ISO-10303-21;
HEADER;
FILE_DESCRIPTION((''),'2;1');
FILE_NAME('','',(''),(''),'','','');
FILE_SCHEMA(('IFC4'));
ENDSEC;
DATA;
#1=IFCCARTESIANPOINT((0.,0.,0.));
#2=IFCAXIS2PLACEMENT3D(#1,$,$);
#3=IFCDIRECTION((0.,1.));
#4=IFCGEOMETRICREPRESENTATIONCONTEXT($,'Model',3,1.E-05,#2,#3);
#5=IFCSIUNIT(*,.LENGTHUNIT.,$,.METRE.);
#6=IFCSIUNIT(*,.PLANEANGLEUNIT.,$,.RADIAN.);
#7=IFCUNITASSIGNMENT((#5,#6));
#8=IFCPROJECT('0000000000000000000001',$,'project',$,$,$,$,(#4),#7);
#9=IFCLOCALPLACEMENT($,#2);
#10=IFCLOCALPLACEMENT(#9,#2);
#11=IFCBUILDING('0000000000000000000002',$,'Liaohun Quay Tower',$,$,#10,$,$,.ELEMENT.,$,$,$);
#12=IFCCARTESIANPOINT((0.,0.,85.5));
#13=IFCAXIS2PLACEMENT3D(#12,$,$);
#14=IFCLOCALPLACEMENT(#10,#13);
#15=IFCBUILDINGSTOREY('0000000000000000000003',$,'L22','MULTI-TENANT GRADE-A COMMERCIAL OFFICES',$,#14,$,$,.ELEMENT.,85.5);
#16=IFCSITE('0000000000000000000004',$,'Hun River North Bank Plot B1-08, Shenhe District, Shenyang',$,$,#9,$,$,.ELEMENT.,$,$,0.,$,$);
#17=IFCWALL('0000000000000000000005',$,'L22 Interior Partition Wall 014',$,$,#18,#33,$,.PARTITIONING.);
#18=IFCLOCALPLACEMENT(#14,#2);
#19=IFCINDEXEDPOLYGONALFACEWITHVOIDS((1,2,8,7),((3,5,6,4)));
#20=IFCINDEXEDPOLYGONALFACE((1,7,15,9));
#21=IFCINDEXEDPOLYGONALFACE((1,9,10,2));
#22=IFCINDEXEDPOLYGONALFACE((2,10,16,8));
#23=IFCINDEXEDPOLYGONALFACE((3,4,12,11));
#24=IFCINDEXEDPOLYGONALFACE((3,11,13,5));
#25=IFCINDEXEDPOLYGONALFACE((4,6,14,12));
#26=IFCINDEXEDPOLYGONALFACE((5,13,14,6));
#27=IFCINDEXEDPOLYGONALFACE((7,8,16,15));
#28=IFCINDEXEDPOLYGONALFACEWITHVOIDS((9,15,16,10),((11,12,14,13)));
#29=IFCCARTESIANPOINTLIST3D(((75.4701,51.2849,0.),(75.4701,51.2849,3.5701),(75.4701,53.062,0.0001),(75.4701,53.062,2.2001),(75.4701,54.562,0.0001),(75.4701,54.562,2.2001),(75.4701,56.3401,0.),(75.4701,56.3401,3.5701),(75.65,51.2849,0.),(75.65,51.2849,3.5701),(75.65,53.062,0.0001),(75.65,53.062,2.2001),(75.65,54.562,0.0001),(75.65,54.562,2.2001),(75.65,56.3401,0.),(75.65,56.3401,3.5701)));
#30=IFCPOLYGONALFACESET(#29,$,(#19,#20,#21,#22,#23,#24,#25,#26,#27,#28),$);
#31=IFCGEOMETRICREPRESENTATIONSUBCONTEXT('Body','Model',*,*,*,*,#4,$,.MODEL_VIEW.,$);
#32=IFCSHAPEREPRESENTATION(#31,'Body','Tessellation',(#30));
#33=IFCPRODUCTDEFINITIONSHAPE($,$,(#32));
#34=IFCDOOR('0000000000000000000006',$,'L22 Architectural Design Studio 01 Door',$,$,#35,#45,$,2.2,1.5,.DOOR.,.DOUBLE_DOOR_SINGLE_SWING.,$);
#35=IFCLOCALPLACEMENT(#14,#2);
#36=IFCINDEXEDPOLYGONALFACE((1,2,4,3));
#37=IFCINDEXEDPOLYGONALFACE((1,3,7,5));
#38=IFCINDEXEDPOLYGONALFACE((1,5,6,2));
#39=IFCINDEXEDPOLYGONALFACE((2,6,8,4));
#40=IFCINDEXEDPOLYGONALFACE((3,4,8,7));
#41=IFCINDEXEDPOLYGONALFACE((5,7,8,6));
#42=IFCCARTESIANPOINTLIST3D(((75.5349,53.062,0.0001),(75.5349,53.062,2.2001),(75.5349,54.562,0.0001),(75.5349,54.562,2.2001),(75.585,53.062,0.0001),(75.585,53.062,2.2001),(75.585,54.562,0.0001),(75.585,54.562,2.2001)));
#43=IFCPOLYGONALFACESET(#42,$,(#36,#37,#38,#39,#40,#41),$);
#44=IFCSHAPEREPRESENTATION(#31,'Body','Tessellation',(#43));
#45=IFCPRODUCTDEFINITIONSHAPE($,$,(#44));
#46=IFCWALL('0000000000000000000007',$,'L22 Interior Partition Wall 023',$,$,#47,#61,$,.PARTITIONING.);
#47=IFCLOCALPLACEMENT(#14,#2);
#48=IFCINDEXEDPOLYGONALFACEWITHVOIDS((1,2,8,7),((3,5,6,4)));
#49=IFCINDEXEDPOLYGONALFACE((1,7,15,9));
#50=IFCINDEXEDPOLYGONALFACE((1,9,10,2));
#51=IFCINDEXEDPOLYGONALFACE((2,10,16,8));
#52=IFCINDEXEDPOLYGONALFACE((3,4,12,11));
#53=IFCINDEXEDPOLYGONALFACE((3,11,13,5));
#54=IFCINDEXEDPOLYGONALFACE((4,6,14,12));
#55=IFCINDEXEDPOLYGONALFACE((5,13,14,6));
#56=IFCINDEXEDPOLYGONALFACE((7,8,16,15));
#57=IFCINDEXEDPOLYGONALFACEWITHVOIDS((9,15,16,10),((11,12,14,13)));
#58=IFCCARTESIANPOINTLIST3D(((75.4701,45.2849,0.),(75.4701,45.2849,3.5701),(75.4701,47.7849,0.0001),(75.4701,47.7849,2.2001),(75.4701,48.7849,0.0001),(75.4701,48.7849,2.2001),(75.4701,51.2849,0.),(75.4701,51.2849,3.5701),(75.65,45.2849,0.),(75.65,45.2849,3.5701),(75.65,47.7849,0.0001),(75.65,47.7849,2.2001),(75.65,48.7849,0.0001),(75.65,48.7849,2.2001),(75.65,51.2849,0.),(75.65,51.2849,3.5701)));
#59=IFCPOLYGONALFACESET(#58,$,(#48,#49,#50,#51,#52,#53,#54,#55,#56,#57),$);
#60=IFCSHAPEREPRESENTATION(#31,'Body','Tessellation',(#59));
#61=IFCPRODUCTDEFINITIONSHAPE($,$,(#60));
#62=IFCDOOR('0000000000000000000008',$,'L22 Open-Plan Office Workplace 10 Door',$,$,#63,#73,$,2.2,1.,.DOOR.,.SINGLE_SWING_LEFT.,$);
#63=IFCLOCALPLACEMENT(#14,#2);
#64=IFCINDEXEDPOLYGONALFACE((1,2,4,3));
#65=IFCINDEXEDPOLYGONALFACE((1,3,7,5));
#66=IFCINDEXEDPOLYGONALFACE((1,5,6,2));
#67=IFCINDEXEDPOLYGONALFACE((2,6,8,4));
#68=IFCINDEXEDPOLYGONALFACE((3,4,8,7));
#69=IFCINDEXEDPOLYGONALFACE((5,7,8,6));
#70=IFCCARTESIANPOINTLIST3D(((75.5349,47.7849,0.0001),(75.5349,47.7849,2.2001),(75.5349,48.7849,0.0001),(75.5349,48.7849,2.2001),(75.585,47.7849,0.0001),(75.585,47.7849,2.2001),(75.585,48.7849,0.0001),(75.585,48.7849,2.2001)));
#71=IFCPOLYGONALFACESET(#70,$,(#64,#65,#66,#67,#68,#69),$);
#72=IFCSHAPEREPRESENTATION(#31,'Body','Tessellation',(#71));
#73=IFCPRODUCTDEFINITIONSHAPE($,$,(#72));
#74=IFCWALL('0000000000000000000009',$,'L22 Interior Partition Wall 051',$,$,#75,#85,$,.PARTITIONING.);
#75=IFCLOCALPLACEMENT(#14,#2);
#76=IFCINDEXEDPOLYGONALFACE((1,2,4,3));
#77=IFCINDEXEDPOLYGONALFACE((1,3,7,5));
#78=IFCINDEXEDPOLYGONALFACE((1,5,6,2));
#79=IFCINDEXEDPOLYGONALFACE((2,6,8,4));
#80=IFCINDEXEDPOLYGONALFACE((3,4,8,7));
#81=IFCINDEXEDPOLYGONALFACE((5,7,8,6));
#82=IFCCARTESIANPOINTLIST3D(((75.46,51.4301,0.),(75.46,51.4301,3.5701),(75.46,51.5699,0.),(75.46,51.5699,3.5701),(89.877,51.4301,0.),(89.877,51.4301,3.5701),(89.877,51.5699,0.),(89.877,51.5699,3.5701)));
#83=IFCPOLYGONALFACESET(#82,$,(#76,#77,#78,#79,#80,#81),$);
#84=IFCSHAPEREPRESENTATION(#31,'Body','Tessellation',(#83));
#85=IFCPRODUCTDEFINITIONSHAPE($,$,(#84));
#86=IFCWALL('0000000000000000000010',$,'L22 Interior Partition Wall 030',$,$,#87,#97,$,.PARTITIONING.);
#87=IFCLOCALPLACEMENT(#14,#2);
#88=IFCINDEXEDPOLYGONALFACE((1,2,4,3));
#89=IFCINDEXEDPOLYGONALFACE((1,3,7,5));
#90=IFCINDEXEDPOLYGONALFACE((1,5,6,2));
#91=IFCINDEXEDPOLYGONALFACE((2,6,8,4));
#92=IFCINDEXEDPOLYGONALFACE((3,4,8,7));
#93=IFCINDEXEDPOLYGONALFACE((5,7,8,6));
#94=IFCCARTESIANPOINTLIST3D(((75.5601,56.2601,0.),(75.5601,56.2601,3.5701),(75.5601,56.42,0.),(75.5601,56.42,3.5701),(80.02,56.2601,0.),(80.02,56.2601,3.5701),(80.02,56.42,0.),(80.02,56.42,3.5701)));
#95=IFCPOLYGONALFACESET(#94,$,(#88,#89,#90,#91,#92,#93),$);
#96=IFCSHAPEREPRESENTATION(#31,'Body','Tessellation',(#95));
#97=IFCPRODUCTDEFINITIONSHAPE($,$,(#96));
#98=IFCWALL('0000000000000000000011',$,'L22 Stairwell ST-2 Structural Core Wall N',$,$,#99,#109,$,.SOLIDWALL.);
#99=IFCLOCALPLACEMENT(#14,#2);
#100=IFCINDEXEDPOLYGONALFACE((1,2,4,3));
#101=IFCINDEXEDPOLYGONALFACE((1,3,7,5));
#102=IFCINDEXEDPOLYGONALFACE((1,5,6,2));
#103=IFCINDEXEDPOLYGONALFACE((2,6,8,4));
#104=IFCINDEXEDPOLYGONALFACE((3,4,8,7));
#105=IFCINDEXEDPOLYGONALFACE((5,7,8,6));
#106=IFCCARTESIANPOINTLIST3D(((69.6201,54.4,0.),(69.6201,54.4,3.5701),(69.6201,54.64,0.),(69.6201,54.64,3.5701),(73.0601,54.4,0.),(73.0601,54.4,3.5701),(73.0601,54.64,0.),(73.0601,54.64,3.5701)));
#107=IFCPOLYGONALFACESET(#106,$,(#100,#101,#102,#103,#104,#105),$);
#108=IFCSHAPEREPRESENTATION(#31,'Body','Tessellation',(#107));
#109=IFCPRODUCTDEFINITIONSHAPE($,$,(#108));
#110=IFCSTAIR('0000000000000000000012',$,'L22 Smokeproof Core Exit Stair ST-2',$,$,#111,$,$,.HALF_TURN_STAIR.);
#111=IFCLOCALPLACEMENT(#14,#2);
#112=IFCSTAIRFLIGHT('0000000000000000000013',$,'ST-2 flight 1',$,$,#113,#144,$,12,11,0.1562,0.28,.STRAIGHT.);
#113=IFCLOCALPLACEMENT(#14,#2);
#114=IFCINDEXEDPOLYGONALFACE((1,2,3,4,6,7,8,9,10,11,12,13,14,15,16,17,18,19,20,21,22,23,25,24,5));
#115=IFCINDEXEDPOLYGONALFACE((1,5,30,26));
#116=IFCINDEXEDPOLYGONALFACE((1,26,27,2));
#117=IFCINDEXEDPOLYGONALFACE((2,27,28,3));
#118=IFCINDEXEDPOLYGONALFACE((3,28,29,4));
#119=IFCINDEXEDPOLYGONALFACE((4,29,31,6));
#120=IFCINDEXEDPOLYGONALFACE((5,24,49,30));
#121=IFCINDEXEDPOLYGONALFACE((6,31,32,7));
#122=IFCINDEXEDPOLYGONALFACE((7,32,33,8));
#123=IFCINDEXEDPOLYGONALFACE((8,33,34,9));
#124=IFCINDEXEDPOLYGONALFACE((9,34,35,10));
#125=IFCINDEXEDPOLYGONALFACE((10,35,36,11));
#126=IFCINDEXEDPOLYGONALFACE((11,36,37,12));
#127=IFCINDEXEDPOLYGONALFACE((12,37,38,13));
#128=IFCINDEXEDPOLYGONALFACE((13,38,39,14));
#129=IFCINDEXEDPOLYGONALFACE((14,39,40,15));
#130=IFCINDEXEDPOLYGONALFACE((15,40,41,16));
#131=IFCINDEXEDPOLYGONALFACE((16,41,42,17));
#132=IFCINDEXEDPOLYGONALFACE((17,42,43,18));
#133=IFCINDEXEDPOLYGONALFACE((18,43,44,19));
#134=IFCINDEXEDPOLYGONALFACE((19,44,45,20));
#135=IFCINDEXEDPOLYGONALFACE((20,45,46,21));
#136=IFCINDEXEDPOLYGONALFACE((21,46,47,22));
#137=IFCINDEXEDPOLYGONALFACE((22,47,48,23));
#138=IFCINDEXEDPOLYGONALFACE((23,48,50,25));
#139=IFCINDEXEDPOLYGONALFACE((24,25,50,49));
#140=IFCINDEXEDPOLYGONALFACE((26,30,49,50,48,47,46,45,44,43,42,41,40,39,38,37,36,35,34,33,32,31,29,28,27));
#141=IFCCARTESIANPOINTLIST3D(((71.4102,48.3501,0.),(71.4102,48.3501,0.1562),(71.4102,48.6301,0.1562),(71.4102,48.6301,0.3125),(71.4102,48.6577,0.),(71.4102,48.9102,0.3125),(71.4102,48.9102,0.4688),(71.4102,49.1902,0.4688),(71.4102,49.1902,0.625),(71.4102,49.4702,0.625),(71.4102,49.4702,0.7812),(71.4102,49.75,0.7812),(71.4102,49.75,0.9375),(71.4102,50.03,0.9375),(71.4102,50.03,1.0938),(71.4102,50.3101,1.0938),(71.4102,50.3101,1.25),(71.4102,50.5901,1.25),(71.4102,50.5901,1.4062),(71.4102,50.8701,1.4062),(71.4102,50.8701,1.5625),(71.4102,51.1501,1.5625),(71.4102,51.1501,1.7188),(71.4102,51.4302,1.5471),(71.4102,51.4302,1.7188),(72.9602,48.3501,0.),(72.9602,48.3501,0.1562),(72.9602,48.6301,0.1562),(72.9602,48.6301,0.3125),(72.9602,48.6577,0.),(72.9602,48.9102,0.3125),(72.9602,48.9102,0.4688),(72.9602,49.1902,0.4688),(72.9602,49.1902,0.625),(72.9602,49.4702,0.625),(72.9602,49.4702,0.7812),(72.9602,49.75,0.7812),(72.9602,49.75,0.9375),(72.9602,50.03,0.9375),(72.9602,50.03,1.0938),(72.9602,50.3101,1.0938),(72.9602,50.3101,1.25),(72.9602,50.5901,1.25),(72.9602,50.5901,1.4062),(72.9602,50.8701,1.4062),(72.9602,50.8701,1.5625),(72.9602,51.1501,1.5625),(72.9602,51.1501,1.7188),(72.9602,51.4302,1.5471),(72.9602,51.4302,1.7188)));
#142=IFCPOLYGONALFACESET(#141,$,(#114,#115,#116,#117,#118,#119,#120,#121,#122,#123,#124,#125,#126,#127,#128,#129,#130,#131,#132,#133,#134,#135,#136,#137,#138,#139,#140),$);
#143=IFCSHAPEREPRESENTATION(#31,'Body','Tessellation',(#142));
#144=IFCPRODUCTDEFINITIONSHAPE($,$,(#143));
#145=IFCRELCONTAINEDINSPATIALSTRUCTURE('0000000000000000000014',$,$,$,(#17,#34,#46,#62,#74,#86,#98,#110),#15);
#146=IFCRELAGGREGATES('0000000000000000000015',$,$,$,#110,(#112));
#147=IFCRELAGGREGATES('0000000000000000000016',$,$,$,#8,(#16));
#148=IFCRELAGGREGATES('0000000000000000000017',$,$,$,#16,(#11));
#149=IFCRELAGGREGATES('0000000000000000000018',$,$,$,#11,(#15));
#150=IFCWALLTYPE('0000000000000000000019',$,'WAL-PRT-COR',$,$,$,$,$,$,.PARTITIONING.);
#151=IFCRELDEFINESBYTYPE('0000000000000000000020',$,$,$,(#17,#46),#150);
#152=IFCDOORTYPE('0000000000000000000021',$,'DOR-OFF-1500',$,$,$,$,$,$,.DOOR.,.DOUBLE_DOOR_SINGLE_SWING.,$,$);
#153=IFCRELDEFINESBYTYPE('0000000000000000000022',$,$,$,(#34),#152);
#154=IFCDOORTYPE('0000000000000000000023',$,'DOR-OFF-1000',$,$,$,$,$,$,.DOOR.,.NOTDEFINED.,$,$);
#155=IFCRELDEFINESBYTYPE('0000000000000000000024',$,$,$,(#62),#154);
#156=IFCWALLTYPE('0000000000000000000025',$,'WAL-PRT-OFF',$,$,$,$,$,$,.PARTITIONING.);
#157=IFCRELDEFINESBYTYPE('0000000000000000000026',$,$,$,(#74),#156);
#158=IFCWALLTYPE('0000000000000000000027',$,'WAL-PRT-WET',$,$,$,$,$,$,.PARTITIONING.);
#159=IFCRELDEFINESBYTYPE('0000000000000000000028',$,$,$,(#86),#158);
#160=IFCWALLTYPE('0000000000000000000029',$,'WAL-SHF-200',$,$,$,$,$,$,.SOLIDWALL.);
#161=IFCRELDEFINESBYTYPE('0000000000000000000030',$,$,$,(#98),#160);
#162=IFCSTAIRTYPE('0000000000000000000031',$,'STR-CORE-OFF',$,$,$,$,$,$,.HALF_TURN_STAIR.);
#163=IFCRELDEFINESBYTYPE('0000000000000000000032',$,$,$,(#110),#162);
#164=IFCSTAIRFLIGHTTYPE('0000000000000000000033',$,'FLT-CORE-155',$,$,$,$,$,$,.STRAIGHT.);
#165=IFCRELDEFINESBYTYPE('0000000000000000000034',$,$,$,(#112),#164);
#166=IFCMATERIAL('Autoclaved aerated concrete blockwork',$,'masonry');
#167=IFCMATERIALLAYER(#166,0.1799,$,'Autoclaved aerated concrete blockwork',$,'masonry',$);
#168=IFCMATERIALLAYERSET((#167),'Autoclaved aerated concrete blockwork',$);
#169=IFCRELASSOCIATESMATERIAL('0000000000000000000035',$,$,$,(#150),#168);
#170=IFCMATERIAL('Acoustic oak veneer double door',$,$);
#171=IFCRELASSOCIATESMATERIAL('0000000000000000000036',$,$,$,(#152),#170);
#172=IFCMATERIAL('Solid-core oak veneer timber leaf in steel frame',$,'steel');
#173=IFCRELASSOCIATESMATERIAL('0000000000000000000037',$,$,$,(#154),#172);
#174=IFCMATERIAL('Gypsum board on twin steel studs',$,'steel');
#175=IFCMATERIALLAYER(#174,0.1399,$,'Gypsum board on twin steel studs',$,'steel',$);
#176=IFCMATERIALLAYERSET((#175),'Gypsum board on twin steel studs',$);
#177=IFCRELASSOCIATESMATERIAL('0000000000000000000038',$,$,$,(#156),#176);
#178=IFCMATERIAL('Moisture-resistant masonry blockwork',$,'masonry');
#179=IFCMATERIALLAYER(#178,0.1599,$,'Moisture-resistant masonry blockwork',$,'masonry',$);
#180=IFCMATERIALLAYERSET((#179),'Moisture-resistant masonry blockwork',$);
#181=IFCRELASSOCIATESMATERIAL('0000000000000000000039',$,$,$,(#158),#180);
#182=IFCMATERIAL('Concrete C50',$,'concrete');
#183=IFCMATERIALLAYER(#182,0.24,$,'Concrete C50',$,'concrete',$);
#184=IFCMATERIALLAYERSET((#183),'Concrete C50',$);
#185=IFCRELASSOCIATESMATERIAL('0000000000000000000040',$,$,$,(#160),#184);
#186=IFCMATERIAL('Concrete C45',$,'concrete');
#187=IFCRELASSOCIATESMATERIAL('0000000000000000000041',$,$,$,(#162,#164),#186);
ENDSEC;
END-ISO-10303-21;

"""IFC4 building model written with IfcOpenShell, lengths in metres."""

from ifc_helpers import new_model, si_unit, direction, frame, frame_2d, origin, place, context, subcontext, project, spatial, polyline, rectangle, outline, extrude, source, transform, mapped, material, layer, layer_set, type_object, element, fill, aggregate, save


model = new_model("IFC4")

# Units and contexts
model_context = context("Model", 3, precision=1e-05, world=origin(), true_north=direction((0.0, 1.0)))
body_context = subcontext(model_context, "Body", "Model", "MODEL_VIEW")
ifc_project = project(units=[si_unit("LENGTHUNIT", "METRE"), si_unit("PLANEANGLEUNIT", "RADIAN")], contexts=[model_context])

# Site, building, storey
site_placement = place(None, origin())
site = spatial("IfcSite", under=ifc_project, at=site_placement, Name="Hun River North Bank Plot B1-08, Shenhe District, Shenyang", CompositionType="ELEMENT", RefElevation=0.0)
building_placement = place(site_placement, origin())
building = spatial("IfcBuilding", under=site, at=building_placement, Name="Liaohun Quay Tower", CompositionType="ELEMENT")
storey_placement = place(building_placement, frame((0.0, 0.0, 85.5)))
storey = spatial("IfcBuildingStorey", under=building, at=storey_placement, Name="L22", Description="MULTI-TENANT GRADE-A COMMERCIAL OFFICES", CompositionType="ELEMENT", Elevation=85.5)

# Walls, openings, doors
ifc_material_1 = material(Name="Autoclaved aerated concrete blockwork", Category="masonry")
ifc_layer_1 = layer(ifc_material_1, 0.1799, Name="Autoclaved aerated concrete blockwork", Category="masonry")
ifc_layer_set_1 = layer_set([ifc_layer_1], Name="Autoclaved aerated concrete blockwork")
wall_type_1 = type_object("IfcWallType", Name="WAL-PRT-COR", PredefinedType="PARTITIONING", material=ifc_layer_set_1)
wall_1_placement = place(storey_placement, frame((75.5601, 56.3401, 0.0), z_axis=(0.0, 0.0, 1.0), x_axis=(0.0, -1.0, 0.0)))
wall_1 = element("IfcWall", 1, at=wall_1_placement, inside=storey, type_object=wall_type_1, Name="L22 Interior Partition Wall 014", PredefinedType="PARTITIONING", context=body_context, shape_type="SweptSolid", body=[
    extrude(rectangle(XDim=5.0552, YDim=0.1799, at=frame_2d((2.5276, 0.0))), origin(), (0.0, 0.0, 1.0), 3.5701),
])
shared_shape_1 = source(origin(), body_context, "Body", "SweptSolid", [
    extrude(rectangle(XDim=1.5, YDim=2.2, at=frame_2d((0.75, 1.1001))), frame((0.0, 0.0999, 0.0), z_axis=(0.0, -1.0, 0.0), x_axis=(1.0, 0.0, 0.0)), (0.0, 0.0, 1.0), 0.2),
])
opening_1_placement = place(wall_1_placement, frame((1.7781, 0.0, 0.0)))
opening_1 = element("IfcOpeningElement", 2, at=opening_1_placement, cuts=wall_1, PredefinedType="OPENING", context=body_context, shape_type="MappedRepresentation", body=[
    mapped(shared_shape_1, transform((0.0, 0.0, 0.0), x_axis=(1.0, 0.0, 0.0), y_axis=(0.0, 1.0, 0.0), z_axis=(0.0, 0.0, 1.0), scale=1.0)),
])
ifc_material_2 = material(Name="Acoustic oak veneer double door")
door_type_1 = type_object("IfcDoorType", Name="DOR-OFF-1500", OperationType="DOUBLE_DOOR_SINGLE_SWING", PredefinedType="DOOR", material=ifc_material_2)
shared_shape_2 = source(origin(), body_context, "Body", "SweptSolid", [
    extrude(rectangle(XDim=1.5, YDim=2.2, at=frame_2d((0.75, 1.1001))), frame((0.0, 0.0249, 0.0), z_axis=(0.0, -1.0, 0.0), x_axis=(1.0, 0.0, 0.0)), (0.0, 0.0, 1.0), 0.05),
])
door_1_placement = place(opening_1_placement, origin())
door_1 = element("IfcDoor", 3, at=door_1_placement, inside=storey, type_object=door_type_1, Name="L22 Architectural Design Studio 01 Door", OperationType="DOUBLE_DOOR_SINGLE_SWING", OverallHeight=2.2, OverallWidth=1.5, PredefinedType="DOOR", context=body_context, shape_type="MappedRepresentation", body=[
    mapped(shared_shape_2, transform((0.0, 0.0, 0.0), x_axis=(1.0, 0.0, 0.0), y_axis=(0.0, 1.0, 0.0), z_axis=(0.0, 0.0, 1.0), scale=1.0)),
])
fill(opening_1, door_1)
wall_2_placement = place(storey_placement, frame((75.5601, 51.2849, 0.0), z_axis=(0.0, 0.0, 1.0), x_axis=(0.0, -1.0, 0.0)))
wall_2 = element("IfcWall", 4, at=wall_2_placement, inside=storey, type_object=wall_type_1, Name="L22 Interior Partition Wall 023", PredefinedType="PARTITIONING", context=body_context, shape_type="SweptSolid", body=[
    extrude(rectangle(XDim=6.0, YDim=0.1799, at=frame_2d((3.0, 0.0))), origin(), (0.0, 0.0, 1.0), 3.5701),
])
shared_shape_3 = source(origin(), body_context, "Body", "SweptSolid", [
    extrude(rectangle(XDim=1.0, YDim=2.2, at=frame_2d((0.5, 1.1001))), frame((0.0, 0.0999, 0.0), z_axis=(0.0, -1.0, 0.0), x_axis=(1.0, 0.0, 0.0)), (0.0, 0.0, 1.0), 0.2),
])
opening_2_placement = place(wall_2_placement, frame((2.5, 0.0, 0.0)))
opening_2 = element("IfcOpeningElement", 5, at=opening_2_placement, cuts=wall_2, PredefinedType="OPENING", context=body_context, shape_type="MappedRepresentation", body=[
    mapped(shared_shape_3, transform((0.0, 0.0, 0.0), x_axis=(1.0, 0.0, 0.0), y_axis=(0.0, 1.0, 0.0), z_axis=(0.0, 0.0, 1.0), scale=1.0)),
])
ifc_material_3 = material(Name="Solid-core oak veneer timber leaf in steel frame", Category="steel")
door_type_2 = type_object("IfcDoorType", Name="DOR-OFF-1000", OperationType="NOTDEFINED", PredefinedType="DOOR", material=ifc_material_3)
shared_shape_4 = source(origin(), body_context, "Body", "SweptSolid", [
    extrude(rectangle(XDim=1.0, YDim=2.2, at=frame_2d((0.5, 1.1001))), frame((0.0, 0.0249, 0.0), z_axis=(0.0, -1.0, 0.0), x_axis=(1.0, 0.0, 0.0)), (0.0, 0.0, 1.0), 0.05),
])
door_2_placement = place(opening_2_placement, origin())
door_2 = element("IfcDoor", 6, at=door_2_placement, inside=storey, type_object=door_type_2, Name="L22 Open-Plan Office Workplace 10 Door", OperationType="SINGLE_SWING_LEFT", OverallHeight=2.2, OverallWidth=1.0, PredefinedType="DOOR", context=body_context, shape_type="MappedRepresentation", body=[
    mapped(shared_shape_4, transform((0.0, 0.0, 0.0), x_axis=(1.0, 0.0, 0.0), y_axis=(0.0, 1.0, 0.0), z_axis=(0.0, 0.0, 1.0), scale=1.0)),
])
fill(opening_2, door_2)

# Wall
ifc_material_4 = material(Name="Gypsum board on twin steel studs", Category="steel")
ifc_layer_2 = layer(ifc_material_4, 0.1399, Name="Gypsum board on twin steel studs", Category="steel")
ifc_layer_set_2 = layer_set([ifc_layer_2], Name="Gypsum board on twin steel studs")
wall_type_2 = type_object("IfcWallType", Name="WAL-PRT-OFF", PredefinedType="PARTITIONING", material=ifc_layer_set_2)
wall_3_placement = place(storey_placement, frame((75.46, 51.5, 0.0), z_axis=(0.0, 0.0, 1.0), x_axis=(1.0, 0.0, 0.0)))
element("IfcWall", 7, at=wall_3_placement, inside=storey, type_object=wall_type_2, Name="L22 Interior Partition Wall 051", PredefinedType="PARTITIONING", context=body_context, shape_type="SweptSolid", body=[
    extrude(rectangle(XDim=14.417, YDim=0.1399, at=frame_2d((7.2085, 0.0))), origin(), (0.0, 0.0, 1.0), 3.5701),
])

# Shared definitions
ifc_material_5 = material(Name="Moisture-resistant masonry blockwork", Category="masonry")
ifc_layer_3 = layer(ifc_material_5, 0.1599, Name="Moisture-resistant masonry blockwork", Category="masonry")
ifc_layer_set_3 = layer_set([ifc_layer_3], Name="Moisture-resistant masonry blockwork")
wall_type_3 = type_object("IfcWallType", Name="WAL-PRT-WET", PredefinedType="PARTITIONING", material=ifc_layer_set_3)

# Walls
wall_4_placement = place(storey_placement, frame((75.5601, 56.3401, 0.0), z_axis=(0.0, 0.0, 1.0), x_axis=(1.0, 0.0, 0.0)))
element("IfcWall", 8, at=wall_4_placement, inside=storey, type_object=wall_type_3, Name="L22 Interior Partition Wall 030", PredefinedType="PARTITIONING", context=body_context, shape_type="SweptSolid", body=[
    extrude(rectangle(XDim=4.46, YDim=0.1599, at=frame_2d((2.23, 0.0))), origin(), (0.0, 0.0, 1.0), 3.5701),
])
ifc_material_6 = material(Name="Concrete C50", Category="concrete")
ifc_layer_4 = layer(ifc_material_6, 0.24, Name="Concrete C50", Category="concrete")
ifc_layer_set_4 = layer_set([ifc_layer_4], Name="Concrete C50")
wall_type_4 = type_object("IfcWallType", Name="WAL-SHF-200", PredefinedType="SOLIDWALL", material=ifc_layer_set_4)
wall_5_placement = place(storey_placement, frame((73.0601, 54.52, 0.0), z_axis=(0.0, 0.0, 1.0), x_axis=(-1.0, 0.0, 0.0)))
element("IfcWall", 9, at=wall_5_placement, inside=storey, type_object=wall_type_4, Name="L22 Stairwell ST-2 Structural Core Wall N", PredefinedType="SOLIDWALL", context=body_context, shape_type="SweptSolid", body=[
    extrude(rectangle(XDim=3.4399, YDim=0.24, at=frame_2d((1.72, 0.0))), origin(), (0.0, 0.0, 1.0), 3.5701),
])

# Stair, stair flight
ifc_material_7 = material(Name="Concrete C45", Category="concrete")
stair_type = type_object("IfcStairType", Name="STR-CORE-OFF", PredefinedType="HALF_TURN_STAIR", material=ifc_material_7)
stair_placement = place(storey_placement, origin())
stair = element("IfcStair", 10, at=stair_placement, inside=storey, type_object=stair_type, Name="L22 Smokeproof Core Exit Stair ST-2", PredefinedType="HALF_TURN_STAIR")
stair_flight_type = type_object("IfcStairFlightType", Name="FLT-CORE-155", PredefinedType="STRAIGHT", material=ifc_material_7)
stair_flight_1_placement = place(storey_placement, frame((72.1851, 48.3501, 0.0), z_axis=(0.0, 0.0, 1.0), x_axis=(0.0, 1.0, 0.0)))
stair_flight_1 = element("IfcStairFlight", 11, at=stair_flight_1_placement, type_object=stair_flight_type, Name="ST-2 flight 1", NumberOfRisers=12, NumberOfTreads=11, PredefinedType="STRAIGHT", RiserHeight=0.1562, TreadLength=0.28, context=body_context, shape_type="SweptSolid", body=[
    extrude(outline(polyline([(0.0, 0.0), (0.0, 0.1562), (0.28, 0.1562), (0.28, 0.3125), (0.5601, 0.3125), (0.5601, 0.4688), (0.8401, 0.4688), (0.8401, 0.625), (1.1201, 0.625), (1.1201, 0.7812), (1.3999, 0.7812), (1.3999, 0.9375), (1.6799, 0.9375), (1.6799, 1.0938), (1.96, 1.0938), (1.96, 1.25), (2.24, 1.25), (2.24, 1.4062), (2.52, 1.4062), (2.52, 1.5625), (2.8, 1.5625), (2.8, 1.7188), (3.0801, 1.7188), (3.0801, 1.875), (3.0801, 1.5471), (0.3076, 0.0), (0.0, 0.0)])), frame((0.0, 0.7749, 0.0), z_axis=(0.0, -1.0, 0.0), x_axis=(1.0, 0.0, 0.0)), (0.0, 0.0, 1.0), 1.55),
])
aggregate(stair, [stair_flight_1])

save(model, "model.ifc")
